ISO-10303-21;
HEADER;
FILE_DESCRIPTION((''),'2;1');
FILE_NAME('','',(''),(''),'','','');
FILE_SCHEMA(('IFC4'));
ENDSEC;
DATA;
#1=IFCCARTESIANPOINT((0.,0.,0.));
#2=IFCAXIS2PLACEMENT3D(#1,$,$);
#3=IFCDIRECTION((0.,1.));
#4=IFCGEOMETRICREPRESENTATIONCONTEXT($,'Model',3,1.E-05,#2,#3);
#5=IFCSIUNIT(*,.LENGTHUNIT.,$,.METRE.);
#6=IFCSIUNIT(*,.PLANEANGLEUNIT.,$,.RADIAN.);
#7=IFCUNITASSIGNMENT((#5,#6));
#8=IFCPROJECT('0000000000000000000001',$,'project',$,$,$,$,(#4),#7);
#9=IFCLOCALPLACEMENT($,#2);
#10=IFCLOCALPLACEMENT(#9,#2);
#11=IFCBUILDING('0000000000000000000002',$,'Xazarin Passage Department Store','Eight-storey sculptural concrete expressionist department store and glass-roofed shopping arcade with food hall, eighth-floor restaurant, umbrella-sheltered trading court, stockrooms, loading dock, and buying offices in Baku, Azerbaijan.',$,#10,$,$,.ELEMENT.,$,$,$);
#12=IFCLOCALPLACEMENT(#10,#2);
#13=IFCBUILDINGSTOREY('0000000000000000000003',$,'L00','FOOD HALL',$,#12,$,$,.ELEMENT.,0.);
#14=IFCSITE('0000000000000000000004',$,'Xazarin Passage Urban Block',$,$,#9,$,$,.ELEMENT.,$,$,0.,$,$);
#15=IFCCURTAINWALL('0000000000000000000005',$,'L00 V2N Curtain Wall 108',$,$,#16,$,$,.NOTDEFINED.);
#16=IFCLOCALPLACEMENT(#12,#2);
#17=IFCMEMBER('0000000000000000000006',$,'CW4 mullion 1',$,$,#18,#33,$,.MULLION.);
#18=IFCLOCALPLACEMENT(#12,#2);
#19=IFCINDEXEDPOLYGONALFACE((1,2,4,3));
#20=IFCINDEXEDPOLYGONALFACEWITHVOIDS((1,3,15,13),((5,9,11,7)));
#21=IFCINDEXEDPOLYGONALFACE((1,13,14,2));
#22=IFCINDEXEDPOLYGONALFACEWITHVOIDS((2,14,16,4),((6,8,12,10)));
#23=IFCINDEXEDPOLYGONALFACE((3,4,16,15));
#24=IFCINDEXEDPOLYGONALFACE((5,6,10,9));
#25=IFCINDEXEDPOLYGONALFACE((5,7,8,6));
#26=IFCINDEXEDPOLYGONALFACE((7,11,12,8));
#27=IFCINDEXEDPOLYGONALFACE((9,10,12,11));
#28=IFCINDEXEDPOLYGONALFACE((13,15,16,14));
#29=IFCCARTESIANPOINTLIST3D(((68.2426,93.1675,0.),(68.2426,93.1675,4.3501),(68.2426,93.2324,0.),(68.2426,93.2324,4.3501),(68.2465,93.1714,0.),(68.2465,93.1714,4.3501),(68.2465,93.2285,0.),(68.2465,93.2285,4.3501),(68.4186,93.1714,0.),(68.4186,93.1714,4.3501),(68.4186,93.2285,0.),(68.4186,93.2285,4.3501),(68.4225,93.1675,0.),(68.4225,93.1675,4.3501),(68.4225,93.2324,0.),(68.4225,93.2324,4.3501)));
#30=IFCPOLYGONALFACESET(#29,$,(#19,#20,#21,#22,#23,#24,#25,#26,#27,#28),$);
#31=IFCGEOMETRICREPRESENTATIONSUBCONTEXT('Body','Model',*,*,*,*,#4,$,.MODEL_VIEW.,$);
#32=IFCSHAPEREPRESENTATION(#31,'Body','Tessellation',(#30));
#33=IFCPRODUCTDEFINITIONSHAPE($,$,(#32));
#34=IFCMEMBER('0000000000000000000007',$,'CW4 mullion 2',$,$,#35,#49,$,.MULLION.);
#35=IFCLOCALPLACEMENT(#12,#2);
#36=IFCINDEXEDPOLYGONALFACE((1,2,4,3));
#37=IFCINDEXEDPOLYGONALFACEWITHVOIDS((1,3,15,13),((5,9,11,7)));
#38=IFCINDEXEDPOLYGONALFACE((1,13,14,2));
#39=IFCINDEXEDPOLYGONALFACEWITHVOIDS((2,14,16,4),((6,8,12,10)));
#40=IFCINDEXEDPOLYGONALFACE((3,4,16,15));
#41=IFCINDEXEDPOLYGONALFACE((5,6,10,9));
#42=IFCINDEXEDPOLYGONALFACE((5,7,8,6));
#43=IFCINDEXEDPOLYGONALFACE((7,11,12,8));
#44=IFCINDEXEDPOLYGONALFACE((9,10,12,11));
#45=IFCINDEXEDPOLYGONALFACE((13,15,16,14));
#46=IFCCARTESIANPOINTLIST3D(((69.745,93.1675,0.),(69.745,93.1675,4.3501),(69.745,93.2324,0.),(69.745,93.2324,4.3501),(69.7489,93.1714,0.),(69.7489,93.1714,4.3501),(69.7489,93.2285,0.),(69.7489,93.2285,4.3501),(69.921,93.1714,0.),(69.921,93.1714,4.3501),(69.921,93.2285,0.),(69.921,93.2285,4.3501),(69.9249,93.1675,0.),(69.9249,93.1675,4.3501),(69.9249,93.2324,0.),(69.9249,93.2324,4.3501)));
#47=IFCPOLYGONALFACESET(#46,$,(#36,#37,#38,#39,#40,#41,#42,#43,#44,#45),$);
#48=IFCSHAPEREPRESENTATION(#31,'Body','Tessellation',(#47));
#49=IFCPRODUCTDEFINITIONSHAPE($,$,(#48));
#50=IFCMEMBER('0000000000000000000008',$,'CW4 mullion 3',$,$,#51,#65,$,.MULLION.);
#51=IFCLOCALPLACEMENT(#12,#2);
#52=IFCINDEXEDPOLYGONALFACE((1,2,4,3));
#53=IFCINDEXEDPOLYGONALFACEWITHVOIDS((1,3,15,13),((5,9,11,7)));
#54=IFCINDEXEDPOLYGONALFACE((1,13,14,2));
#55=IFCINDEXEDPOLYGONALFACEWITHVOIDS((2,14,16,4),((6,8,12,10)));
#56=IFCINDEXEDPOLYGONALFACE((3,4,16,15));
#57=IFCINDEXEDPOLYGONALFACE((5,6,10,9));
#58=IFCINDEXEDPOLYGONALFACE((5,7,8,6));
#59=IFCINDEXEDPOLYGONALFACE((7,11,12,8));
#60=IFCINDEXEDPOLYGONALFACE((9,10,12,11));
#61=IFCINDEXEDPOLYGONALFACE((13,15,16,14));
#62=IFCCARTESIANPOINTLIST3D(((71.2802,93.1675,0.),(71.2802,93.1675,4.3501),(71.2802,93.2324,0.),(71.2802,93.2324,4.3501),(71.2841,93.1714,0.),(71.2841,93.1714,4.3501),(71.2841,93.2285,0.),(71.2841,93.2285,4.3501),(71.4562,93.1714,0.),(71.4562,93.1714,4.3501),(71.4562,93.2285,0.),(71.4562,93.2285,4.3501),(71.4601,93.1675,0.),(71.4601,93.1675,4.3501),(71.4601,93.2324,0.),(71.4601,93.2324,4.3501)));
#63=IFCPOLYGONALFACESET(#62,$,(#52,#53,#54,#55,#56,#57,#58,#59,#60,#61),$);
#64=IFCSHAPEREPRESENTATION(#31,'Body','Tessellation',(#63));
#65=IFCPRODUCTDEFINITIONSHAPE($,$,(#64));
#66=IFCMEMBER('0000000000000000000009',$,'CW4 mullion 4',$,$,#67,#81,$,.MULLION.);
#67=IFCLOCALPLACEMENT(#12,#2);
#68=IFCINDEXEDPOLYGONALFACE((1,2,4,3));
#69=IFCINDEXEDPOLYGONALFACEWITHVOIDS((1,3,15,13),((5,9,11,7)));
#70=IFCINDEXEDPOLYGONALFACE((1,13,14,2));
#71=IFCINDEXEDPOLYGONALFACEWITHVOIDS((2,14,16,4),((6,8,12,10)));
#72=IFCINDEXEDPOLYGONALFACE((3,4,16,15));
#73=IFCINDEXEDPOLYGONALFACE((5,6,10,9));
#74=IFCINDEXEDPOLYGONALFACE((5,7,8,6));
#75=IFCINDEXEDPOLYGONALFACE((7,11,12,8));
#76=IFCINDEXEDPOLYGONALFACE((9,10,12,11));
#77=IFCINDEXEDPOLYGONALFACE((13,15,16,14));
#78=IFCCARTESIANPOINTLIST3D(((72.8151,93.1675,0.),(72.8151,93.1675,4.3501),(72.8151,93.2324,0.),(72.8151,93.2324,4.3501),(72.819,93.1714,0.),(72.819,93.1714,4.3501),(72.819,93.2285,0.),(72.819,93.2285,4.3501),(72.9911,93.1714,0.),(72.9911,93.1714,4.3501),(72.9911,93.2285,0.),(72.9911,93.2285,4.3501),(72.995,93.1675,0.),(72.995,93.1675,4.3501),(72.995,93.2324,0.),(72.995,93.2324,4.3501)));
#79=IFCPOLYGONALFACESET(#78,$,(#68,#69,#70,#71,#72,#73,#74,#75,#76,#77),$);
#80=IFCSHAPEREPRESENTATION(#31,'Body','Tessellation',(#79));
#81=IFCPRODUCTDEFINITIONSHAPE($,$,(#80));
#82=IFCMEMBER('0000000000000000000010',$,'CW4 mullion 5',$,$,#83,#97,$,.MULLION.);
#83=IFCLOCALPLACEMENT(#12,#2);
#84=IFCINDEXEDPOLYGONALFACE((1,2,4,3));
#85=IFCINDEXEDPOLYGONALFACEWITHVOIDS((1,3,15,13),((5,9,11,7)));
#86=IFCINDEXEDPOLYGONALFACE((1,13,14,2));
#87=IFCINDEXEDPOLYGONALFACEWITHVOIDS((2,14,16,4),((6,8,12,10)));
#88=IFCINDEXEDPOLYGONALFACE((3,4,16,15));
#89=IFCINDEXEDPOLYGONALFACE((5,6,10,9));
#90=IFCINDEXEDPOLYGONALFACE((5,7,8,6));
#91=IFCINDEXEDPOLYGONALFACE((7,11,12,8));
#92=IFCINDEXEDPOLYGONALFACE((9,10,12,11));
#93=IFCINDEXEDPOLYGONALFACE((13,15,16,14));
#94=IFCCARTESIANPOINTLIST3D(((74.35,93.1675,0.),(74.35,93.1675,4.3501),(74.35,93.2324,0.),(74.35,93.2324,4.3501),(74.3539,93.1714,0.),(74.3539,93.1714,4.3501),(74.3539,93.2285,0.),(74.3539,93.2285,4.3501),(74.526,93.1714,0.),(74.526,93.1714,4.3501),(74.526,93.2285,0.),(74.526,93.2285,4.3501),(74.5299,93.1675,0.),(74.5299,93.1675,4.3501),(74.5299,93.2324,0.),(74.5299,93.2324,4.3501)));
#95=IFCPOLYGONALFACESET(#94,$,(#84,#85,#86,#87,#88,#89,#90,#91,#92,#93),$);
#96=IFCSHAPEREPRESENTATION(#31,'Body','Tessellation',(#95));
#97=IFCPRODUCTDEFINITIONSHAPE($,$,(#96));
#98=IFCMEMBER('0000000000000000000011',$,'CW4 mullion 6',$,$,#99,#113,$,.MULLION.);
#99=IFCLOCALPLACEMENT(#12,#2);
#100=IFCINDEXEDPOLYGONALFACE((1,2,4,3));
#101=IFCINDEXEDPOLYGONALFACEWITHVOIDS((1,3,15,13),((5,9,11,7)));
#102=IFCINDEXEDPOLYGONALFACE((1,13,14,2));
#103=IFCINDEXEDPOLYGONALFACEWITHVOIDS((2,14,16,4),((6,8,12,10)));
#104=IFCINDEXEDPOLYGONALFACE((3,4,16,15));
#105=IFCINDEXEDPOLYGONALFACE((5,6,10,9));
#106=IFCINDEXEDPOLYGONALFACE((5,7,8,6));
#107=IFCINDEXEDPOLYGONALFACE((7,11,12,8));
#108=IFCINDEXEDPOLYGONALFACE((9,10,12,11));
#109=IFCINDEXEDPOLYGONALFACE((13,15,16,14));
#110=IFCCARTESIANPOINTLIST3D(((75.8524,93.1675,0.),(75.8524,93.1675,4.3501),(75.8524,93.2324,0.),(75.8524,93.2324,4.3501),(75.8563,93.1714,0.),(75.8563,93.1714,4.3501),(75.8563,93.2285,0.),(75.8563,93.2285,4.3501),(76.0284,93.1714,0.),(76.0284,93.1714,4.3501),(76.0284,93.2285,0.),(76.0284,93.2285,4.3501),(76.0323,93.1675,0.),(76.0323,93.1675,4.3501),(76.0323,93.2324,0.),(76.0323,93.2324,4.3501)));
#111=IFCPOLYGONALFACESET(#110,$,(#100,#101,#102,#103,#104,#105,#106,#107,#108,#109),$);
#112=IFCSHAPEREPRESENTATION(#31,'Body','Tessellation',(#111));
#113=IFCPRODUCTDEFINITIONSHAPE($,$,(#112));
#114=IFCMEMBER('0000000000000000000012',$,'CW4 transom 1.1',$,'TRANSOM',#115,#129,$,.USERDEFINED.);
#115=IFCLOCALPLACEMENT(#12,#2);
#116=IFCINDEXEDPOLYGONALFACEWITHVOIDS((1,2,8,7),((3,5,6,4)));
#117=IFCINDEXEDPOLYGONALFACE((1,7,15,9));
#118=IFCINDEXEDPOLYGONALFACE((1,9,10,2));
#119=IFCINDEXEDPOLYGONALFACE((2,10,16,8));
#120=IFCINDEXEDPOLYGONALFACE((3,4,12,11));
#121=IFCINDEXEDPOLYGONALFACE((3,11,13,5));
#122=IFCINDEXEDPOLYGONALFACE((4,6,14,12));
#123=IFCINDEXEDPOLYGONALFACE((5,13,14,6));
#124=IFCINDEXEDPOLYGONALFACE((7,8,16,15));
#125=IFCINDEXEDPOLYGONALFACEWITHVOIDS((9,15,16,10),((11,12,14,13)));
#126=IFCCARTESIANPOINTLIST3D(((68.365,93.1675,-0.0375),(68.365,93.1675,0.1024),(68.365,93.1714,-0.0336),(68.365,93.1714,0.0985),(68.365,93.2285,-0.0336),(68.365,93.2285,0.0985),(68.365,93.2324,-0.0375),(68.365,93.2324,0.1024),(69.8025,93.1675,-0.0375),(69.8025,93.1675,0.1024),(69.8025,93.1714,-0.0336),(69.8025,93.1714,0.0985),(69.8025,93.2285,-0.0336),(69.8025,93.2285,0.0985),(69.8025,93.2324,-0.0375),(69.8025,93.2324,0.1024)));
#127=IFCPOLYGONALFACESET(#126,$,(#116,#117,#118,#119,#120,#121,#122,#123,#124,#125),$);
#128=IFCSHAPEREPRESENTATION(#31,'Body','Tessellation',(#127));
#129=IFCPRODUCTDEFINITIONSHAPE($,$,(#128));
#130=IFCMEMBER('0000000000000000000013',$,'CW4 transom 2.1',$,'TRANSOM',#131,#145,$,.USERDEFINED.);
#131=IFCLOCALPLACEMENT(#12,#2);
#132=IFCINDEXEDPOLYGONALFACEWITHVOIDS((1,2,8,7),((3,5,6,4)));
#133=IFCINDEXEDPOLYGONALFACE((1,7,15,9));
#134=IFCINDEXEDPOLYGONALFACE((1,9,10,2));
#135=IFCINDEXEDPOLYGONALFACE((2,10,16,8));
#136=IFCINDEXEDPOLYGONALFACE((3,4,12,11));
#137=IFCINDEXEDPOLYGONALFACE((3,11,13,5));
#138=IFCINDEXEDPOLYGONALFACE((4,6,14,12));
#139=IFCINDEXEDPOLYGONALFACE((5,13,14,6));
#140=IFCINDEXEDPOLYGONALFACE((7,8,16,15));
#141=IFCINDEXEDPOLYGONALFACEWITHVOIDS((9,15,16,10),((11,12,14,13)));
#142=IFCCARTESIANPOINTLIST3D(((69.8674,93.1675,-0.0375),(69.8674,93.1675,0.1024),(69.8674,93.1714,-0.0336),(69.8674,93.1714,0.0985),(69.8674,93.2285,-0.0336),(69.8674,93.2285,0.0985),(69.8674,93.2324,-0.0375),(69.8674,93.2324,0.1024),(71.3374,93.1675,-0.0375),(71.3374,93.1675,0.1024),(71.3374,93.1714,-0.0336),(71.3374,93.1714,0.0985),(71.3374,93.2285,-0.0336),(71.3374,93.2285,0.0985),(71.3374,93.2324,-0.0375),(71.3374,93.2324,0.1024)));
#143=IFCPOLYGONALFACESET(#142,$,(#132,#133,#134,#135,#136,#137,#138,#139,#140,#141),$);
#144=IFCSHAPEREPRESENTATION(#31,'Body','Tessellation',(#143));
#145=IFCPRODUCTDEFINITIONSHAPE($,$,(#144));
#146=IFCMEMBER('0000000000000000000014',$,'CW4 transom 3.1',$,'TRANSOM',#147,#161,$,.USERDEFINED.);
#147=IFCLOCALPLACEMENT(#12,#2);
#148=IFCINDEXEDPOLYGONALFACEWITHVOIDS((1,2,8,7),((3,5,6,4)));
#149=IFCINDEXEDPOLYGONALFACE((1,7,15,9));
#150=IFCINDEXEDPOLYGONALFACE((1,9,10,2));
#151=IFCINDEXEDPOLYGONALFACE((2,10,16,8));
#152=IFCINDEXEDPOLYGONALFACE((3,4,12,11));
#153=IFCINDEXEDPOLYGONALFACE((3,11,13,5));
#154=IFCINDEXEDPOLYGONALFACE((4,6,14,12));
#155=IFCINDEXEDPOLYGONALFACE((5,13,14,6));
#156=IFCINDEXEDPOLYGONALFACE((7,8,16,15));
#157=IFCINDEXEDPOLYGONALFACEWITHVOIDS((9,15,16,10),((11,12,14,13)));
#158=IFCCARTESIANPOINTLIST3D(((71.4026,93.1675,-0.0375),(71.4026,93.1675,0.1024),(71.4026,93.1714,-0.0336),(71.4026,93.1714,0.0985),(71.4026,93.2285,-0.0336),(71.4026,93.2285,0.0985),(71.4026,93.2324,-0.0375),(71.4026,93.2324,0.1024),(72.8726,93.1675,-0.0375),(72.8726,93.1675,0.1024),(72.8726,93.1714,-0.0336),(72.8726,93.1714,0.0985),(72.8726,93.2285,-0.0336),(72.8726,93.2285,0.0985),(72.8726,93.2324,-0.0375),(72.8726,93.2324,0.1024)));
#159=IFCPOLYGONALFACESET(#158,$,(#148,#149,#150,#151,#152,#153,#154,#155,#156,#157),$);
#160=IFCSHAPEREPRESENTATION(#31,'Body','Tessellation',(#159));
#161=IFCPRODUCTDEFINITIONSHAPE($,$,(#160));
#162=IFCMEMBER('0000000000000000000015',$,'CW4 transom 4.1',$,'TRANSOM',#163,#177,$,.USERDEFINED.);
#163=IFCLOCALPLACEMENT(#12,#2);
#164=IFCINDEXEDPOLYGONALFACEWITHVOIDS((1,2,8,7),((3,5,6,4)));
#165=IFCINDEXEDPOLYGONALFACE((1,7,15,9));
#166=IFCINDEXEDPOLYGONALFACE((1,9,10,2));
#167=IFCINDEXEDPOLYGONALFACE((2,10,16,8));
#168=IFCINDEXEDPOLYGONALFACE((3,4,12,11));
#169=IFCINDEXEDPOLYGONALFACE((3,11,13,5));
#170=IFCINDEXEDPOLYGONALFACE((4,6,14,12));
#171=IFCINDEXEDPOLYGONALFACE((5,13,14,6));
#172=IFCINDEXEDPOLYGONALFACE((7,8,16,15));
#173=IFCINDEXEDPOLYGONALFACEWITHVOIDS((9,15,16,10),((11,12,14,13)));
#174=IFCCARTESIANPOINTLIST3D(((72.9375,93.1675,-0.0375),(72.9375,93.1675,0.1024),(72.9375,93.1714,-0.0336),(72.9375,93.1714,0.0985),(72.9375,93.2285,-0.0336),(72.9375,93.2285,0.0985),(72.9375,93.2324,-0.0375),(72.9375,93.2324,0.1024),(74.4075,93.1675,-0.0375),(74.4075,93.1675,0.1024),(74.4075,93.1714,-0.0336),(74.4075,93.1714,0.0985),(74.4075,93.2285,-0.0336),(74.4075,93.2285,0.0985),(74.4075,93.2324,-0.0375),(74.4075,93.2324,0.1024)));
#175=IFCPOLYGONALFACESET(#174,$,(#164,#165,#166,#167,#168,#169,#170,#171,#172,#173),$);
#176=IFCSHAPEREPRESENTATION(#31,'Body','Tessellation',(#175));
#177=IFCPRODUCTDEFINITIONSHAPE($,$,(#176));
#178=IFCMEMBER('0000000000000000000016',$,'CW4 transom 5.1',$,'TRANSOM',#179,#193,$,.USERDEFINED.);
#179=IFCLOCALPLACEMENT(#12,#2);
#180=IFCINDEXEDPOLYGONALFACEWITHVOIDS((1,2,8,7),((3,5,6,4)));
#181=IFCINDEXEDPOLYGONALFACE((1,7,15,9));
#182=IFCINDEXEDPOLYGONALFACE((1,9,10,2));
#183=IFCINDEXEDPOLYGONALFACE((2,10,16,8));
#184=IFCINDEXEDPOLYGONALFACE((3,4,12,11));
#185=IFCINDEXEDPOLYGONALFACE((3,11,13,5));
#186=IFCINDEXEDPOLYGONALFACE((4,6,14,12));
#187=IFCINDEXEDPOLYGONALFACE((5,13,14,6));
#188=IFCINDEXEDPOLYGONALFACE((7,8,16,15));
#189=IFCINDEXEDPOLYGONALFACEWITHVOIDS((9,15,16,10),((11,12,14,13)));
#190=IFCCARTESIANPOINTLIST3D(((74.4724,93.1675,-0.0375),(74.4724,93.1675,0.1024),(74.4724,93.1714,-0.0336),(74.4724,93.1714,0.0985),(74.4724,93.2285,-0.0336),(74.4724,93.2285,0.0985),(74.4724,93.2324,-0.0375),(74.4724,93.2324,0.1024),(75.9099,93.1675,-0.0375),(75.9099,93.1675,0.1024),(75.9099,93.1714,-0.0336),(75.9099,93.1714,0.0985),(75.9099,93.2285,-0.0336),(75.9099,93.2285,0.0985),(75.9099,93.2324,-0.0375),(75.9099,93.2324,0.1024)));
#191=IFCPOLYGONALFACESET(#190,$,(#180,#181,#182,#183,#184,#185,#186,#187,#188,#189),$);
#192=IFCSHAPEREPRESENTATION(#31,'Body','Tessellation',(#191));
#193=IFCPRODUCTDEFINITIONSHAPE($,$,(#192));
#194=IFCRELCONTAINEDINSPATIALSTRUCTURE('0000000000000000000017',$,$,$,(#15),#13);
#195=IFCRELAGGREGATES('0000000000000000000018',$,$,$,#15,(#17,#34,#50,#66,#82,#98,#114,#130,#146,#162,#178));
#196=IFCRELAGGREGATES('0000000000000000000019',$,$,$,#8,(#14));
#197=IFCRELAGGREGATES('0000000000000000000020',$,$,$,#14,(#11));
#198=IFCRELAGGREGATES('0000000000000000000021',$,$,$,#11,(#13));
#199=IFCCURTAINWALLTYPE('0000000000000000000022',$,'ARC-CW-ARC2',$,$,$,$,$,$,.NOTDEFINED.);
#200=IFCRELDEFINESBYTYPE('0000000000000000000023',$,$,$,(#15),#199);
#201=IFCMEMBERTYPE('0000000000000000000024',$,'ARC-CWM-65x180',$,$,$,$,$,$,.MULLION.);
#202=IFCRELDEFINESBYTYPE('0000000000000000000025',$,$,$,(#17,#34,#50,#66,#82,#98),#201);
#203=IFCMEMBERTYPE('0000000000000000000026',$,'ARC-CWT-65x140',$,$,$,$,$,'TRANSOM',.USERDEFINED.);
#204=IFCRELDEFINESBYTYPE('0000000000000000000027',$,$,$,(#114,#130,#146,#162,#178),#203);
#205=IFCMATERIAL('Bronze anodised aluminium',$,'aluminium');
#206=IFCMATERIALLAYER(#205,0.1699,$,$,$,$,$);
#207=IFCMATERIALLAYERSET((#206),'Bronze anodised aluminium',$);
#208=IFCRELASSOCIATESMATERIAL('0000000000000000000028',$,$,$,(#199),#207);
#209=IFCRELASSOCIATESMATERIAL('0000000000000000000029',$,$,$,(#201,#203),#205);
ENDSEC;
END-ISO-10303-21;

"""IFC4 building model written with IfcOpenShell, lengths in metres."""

from ifc_helpers import new_model, si_unit, direction, frame, origin, origin_2d, place, context, subcontext, project, spatial, hollow_rectangle, extrude, material, layer, layer_set, material_profile, profile_set, type_object, element, aggregate, save


model = new_model("IFC4")

# Units and contexts
model_context = context("Model", 3, precision=1e-05, world=origin(), true_north=direction((0.0, 1.0)))
body_context = subcontext(model_context, "Body", "Model", "MODEL_VIEW")
ifc_project = project(units=[si_unit("LENGTHUNIT", "METRE"), si_unit("PLANEANGLEUNIT", "RADIAN")], contexts=[model_context])

# Site, building, storey
site_placement = place(None, origin())
site = spatial("IfcSite", under=ifc_project, at=site_placement, Name="Xazarin Passage Urban Block", CompositionType="ELEMENT", RefElevation=0.0)
building_placement = place(site_placement, origin())
building = spatial("IfcBuilding", under=site, at=building_placement, Name="Xazarin Passage Department Store", Description="Eight-storey sculptural concrete expressionist department store and glass-roofed shopping arcade with food hall, eighth-floor restaurant, umbrella-sheltered trading court, stockrooms, loading dock, and buying offices in Baku, Azerbaijan.", CompositionType="ELEMENT")
storey_placement = place(building_placement, origin())
storey = spatial("IfcBuildingStorey", under=building, at=storey_placement, Name="L00", Description="FOOD HALL", CompositionType="ELEMENT", Elevation=0.0)

# Curtain wall, members
ifc_material_1 = material(Name="Bronze anodised aluminium", Category="aluminium")
ifc_layer_1 = layer(ifc_material_1, 0.1699)
ifc_layer_set_1 = layer_set([ifc_layer_1], Name="Bronze anodised aluminium")
curtain_wall_type = type_object("IfcCurtainWallType", Name="ARC-CW-ARC2", PredefinedType="NOTDEFINED", material=ifc_layer_set_1)
curtain_wall_placement = place(storey_placement, origin())
curtain_wall = element("IfcCurtainWall", 1, at=curtain_wall_placement, inside=storey, type_object=curtain_wall_type, Name="L00 V2N Curtain Wall 108", PredefinedType="NOTDEFINED")
ifc_material_profile_1 = material_profile(ifc_material_1, hollow_rectangle(XDim=0.0649, YDim=0.1799, WallThickness=0.0039, at=origin_2d()), Name="ALU 65x180")
ifc_profile_set_1 = profile_set([ifc_material_profile_1], Name="Bronze anodised aluminium")
member_type_1 = type_object("IfcMemberType", Name="ARC-CWM-65x180", PredefinedType="MULLION", material=ifc_profile_set_1)
member_1_placement = place(storey_placement, frame((68.3325, 93.2, 0.0), z_axis=(0.0, 0.0, 1.0), x_axis=(0.0, 1.0, 0.0)))
member_1 = element("IfcMember", 2, at=member_1_placement, type_object=member_type_1, Name="CW4 mullion 1", PredefinedType="MULLION", context=body_context, shape_type="SweptSolid", body=[
    extrude(hollow_rectangle(XDim=0.0649, YDim=0.1799, WallThickness=0.0039, at=origin_2d()), origin(), (0.0, 0.0, 1.0), 4.3501),
])
member_2_placement = place(storey_placement, frame((69.835, 93.2, 0.0), z_axis=(0.0, 0.0, 1.0), x_axis=(0.0, 1.0, 0.0)))
member_2 = element("IfcMember", 3, at=member_2_placement, type_object=member_type_1, Name="CW4 mullion 2", PredefinedType="MULLION", context=body_context, shape_type="SweptSolid", body=[
    extrude(hollow_rectangle(XDim=0.0649, YDim=0.1799, WallThickness=0.0039, at=origin_2d()), origin(), (0.0, 0.0, 1.0), 4.3501),
])
member_3_placement = place(storey_placement, frame((71.3701, 93.2, 0.0), z_axis=(0.0, 0.0, 1.0), x_axis=(0.0, 1.0, 0.0)))
member_3 = element("IfcMember", 4, at=member_3_placement, type_object=member_type_1, Name="CW4 mullion 3", PredefinedType="MULLION", context=body_context, shape_type="SweptSolid", body=[
    extrude(hollow_rectangle(XDim=0.0649, YDim=0.1799, WallThickness=0.0039, at=origin_2d()), origin(), (0.0, 0.0, 1.0), 4.3501),
])
member_4_placement = place(storey_placement, frame((72.905, 93.2, 0.0), z_axis=(0.0, 0.0, 1.0), x_axis=(0.0, 1.0, 0.0)))
member_4 = element("IfcMember", 5, at=member_4_placement, type_object=member_type_1, Name="CW4 mullion 4", PredefinedType="MULLION", context=body_context, shape_type="SweptSolid", body=[
    extrude(hollow_rectangle(XDim=0.0649, YDim=0.1799, WallThickness=0.0039, at=origin_2d()), origin(), (0.0, 0.0, 1.0), 4.3501),
])
member_5_placement = place(storey_placement, frame((74.4399, 93.2, 0.0), z_axis=(0.0, 0.0, 1.0), x_axis=(0.0, 1.0, 0.0)))
member_5 = element("IfcMember", 6, at=member_5_placement, type_object=member_type_1, Name="CW4 mullion 5", PredefinedType="MULLION", context=body_context, shape_type="SweptSolid", body=[
    extrude(hollow_rectangle(XDim=0.0649, YDim=0.1799, WallThickness=0.0039, at=origin_2d()), origin(), (0.0, 0.0, 1.0), 4.3501),
])
member_6_placement = place(storey_placement, frame((75.9424, 93.2, 0.0), z_axis=(0.0, 0.0, 1.0), x_axis=(0.0, 1.0, 0.0)))
member_6 = element("IfcMember", 7, at=member_6_placement, type_object=member_type_1, Name="CW4 mullion 6", PredefinedType="MULLION", context=body_context, shape_type="SweptSolid", body=[
    extrude(hollow_rectangle(XDim=0.0649, YDim=0.1799, WallThickness=0.0039, at=origin_2d()), origin(), (0.0, 0.0, 1.0), 4.3501),
])
ifc_material_profile_2 = material_profile(ifc_material_1, hollow_rectangle(XDim=0.0649, YDim=0.1399, WallThickness=0.0039, at=origin_2d()), Name="ALU 65x140")
ifc_profile_set_2 = profile_set([ifc_material_profile_2], Name="Bronze anodised aluminium")
member_type_2 = type_object("IfcMemberType", Name="ARC-CWT-65x140", ElementType="TRANSOM", PredefinedType="USERDEFINED", material=ifc_profile_set_2)
member_7_placement = place(storey_placement, frame((68.365, 93.2, 0.0325), z_axis=(1.0, 0.0, 0.0), x_axis=(0.0, 1.0, 0.0)))
member_7 = element("IfcMember", 8, at=member_7_placement, type_object=member_type_2, Name="CW4 transom 1.1", ObjectType="TRANSOM", PredefinedType="USERDEFINED", context=body_context, shape_type="SweptSolid", body=[
    extrude(hollow_rectangle(XDim=0.0649, YDim=0.1399, WallThickness=0.0039, at=origin_2d()), origin(), (0.0, 0.0, 1.0), 1.4375),
])
member_8_placement = place(storey_placement, frame((69.8674, 93.2, 0.0325), z_axis=(1.0, 0.0, 0.0), x_axis=(0.0, 1.0, 0.0)))
member_8 = element("IfcMember", 9, at=member_8_placement, type_object=member_type_2, Name="CW4 transom 2.1", ObjectType="TRANSOM", PredefinedType="USERDEFINED", context=body_context, shape_type="SweptSolid", body=[
    extrude(hollow_rectangle(XDim=0.0649, YDim=0.1399, WallThickness=0.0039, at=origin_2d()), origin(), (0.0, 0.0, 1.0), 1.47),
])
member_9_placement = place(storey_placement, frame((71.4026, 93.2, 0.0325), z_axis=(1.0, 0.0, 0.0), x_axis=(0.0, 1.0, 0.0)))
member_9 = element("IfcMember", 10, at=member_9_placement, type_object=member_type_2, Name="CW4 transom 3.1", ObjectType="TRANSOM", PredefinedType="USERDEFINED", context=body_context, shape_type="SweptSolid", body=[
    extrude(hollow_rectangle(XDim=0.0649, YDim=0.1399, WallThickness=0.0039, at=origin_2d()), origin(), (0.0, 0.0, 1.0), 1.47),
])
member_10_placement = place(storey_placement, frame((72.9375, 93.2, 0.0325), z_axis=(1.0, 0.0, 0.0), x_axis=(0.0, 1.0, 0.0)))
member_10 = element("IfcMember", 11, at=member_10_placement, type_object=member_type_2, Name="CW4 transom 4.1", ObjectType="TRANSOM", PredefinedType="USERDEFINED", context=body_context, shape_type="SweptSolid", body=[
    extrude(hollow_rectangle(XDim=0.0649, YDim=0.1399, WallThickness=0.0039, at=origin_2d()), origin(), (0.0, 0.0, 1.0), 1.47),
])
member_11_placement = place(storey_placement, frame((74.4724, 93.2, 0.0325), z_axis=(1.0, 0.0, 0.0), x_axis=(0.0, 1.0, 0.0)))
member_11 = element("IfcMember", 12, at=member_11_placement, type_object=member_type_2, Name="CW4 transom 5.1", ObjectType="TRANSOM", PredefinedType="USERDEFINED", context=body_context, shape_type="SweptSolid", body=[
    extrude(hollow_rectangle(XDim=0.0649, YDim=0.1399, WallThickness=0.0039, at=origin_2d()), origin(), (0.0, 0.0, 1.0), 1.4375),
])
aggregate(curtain_wall, [member_1, member_2, member_3, member_4, member_5, member_6, member_7, member_8, member_9, member_10, member_11])

save(model, "model.ifc")
